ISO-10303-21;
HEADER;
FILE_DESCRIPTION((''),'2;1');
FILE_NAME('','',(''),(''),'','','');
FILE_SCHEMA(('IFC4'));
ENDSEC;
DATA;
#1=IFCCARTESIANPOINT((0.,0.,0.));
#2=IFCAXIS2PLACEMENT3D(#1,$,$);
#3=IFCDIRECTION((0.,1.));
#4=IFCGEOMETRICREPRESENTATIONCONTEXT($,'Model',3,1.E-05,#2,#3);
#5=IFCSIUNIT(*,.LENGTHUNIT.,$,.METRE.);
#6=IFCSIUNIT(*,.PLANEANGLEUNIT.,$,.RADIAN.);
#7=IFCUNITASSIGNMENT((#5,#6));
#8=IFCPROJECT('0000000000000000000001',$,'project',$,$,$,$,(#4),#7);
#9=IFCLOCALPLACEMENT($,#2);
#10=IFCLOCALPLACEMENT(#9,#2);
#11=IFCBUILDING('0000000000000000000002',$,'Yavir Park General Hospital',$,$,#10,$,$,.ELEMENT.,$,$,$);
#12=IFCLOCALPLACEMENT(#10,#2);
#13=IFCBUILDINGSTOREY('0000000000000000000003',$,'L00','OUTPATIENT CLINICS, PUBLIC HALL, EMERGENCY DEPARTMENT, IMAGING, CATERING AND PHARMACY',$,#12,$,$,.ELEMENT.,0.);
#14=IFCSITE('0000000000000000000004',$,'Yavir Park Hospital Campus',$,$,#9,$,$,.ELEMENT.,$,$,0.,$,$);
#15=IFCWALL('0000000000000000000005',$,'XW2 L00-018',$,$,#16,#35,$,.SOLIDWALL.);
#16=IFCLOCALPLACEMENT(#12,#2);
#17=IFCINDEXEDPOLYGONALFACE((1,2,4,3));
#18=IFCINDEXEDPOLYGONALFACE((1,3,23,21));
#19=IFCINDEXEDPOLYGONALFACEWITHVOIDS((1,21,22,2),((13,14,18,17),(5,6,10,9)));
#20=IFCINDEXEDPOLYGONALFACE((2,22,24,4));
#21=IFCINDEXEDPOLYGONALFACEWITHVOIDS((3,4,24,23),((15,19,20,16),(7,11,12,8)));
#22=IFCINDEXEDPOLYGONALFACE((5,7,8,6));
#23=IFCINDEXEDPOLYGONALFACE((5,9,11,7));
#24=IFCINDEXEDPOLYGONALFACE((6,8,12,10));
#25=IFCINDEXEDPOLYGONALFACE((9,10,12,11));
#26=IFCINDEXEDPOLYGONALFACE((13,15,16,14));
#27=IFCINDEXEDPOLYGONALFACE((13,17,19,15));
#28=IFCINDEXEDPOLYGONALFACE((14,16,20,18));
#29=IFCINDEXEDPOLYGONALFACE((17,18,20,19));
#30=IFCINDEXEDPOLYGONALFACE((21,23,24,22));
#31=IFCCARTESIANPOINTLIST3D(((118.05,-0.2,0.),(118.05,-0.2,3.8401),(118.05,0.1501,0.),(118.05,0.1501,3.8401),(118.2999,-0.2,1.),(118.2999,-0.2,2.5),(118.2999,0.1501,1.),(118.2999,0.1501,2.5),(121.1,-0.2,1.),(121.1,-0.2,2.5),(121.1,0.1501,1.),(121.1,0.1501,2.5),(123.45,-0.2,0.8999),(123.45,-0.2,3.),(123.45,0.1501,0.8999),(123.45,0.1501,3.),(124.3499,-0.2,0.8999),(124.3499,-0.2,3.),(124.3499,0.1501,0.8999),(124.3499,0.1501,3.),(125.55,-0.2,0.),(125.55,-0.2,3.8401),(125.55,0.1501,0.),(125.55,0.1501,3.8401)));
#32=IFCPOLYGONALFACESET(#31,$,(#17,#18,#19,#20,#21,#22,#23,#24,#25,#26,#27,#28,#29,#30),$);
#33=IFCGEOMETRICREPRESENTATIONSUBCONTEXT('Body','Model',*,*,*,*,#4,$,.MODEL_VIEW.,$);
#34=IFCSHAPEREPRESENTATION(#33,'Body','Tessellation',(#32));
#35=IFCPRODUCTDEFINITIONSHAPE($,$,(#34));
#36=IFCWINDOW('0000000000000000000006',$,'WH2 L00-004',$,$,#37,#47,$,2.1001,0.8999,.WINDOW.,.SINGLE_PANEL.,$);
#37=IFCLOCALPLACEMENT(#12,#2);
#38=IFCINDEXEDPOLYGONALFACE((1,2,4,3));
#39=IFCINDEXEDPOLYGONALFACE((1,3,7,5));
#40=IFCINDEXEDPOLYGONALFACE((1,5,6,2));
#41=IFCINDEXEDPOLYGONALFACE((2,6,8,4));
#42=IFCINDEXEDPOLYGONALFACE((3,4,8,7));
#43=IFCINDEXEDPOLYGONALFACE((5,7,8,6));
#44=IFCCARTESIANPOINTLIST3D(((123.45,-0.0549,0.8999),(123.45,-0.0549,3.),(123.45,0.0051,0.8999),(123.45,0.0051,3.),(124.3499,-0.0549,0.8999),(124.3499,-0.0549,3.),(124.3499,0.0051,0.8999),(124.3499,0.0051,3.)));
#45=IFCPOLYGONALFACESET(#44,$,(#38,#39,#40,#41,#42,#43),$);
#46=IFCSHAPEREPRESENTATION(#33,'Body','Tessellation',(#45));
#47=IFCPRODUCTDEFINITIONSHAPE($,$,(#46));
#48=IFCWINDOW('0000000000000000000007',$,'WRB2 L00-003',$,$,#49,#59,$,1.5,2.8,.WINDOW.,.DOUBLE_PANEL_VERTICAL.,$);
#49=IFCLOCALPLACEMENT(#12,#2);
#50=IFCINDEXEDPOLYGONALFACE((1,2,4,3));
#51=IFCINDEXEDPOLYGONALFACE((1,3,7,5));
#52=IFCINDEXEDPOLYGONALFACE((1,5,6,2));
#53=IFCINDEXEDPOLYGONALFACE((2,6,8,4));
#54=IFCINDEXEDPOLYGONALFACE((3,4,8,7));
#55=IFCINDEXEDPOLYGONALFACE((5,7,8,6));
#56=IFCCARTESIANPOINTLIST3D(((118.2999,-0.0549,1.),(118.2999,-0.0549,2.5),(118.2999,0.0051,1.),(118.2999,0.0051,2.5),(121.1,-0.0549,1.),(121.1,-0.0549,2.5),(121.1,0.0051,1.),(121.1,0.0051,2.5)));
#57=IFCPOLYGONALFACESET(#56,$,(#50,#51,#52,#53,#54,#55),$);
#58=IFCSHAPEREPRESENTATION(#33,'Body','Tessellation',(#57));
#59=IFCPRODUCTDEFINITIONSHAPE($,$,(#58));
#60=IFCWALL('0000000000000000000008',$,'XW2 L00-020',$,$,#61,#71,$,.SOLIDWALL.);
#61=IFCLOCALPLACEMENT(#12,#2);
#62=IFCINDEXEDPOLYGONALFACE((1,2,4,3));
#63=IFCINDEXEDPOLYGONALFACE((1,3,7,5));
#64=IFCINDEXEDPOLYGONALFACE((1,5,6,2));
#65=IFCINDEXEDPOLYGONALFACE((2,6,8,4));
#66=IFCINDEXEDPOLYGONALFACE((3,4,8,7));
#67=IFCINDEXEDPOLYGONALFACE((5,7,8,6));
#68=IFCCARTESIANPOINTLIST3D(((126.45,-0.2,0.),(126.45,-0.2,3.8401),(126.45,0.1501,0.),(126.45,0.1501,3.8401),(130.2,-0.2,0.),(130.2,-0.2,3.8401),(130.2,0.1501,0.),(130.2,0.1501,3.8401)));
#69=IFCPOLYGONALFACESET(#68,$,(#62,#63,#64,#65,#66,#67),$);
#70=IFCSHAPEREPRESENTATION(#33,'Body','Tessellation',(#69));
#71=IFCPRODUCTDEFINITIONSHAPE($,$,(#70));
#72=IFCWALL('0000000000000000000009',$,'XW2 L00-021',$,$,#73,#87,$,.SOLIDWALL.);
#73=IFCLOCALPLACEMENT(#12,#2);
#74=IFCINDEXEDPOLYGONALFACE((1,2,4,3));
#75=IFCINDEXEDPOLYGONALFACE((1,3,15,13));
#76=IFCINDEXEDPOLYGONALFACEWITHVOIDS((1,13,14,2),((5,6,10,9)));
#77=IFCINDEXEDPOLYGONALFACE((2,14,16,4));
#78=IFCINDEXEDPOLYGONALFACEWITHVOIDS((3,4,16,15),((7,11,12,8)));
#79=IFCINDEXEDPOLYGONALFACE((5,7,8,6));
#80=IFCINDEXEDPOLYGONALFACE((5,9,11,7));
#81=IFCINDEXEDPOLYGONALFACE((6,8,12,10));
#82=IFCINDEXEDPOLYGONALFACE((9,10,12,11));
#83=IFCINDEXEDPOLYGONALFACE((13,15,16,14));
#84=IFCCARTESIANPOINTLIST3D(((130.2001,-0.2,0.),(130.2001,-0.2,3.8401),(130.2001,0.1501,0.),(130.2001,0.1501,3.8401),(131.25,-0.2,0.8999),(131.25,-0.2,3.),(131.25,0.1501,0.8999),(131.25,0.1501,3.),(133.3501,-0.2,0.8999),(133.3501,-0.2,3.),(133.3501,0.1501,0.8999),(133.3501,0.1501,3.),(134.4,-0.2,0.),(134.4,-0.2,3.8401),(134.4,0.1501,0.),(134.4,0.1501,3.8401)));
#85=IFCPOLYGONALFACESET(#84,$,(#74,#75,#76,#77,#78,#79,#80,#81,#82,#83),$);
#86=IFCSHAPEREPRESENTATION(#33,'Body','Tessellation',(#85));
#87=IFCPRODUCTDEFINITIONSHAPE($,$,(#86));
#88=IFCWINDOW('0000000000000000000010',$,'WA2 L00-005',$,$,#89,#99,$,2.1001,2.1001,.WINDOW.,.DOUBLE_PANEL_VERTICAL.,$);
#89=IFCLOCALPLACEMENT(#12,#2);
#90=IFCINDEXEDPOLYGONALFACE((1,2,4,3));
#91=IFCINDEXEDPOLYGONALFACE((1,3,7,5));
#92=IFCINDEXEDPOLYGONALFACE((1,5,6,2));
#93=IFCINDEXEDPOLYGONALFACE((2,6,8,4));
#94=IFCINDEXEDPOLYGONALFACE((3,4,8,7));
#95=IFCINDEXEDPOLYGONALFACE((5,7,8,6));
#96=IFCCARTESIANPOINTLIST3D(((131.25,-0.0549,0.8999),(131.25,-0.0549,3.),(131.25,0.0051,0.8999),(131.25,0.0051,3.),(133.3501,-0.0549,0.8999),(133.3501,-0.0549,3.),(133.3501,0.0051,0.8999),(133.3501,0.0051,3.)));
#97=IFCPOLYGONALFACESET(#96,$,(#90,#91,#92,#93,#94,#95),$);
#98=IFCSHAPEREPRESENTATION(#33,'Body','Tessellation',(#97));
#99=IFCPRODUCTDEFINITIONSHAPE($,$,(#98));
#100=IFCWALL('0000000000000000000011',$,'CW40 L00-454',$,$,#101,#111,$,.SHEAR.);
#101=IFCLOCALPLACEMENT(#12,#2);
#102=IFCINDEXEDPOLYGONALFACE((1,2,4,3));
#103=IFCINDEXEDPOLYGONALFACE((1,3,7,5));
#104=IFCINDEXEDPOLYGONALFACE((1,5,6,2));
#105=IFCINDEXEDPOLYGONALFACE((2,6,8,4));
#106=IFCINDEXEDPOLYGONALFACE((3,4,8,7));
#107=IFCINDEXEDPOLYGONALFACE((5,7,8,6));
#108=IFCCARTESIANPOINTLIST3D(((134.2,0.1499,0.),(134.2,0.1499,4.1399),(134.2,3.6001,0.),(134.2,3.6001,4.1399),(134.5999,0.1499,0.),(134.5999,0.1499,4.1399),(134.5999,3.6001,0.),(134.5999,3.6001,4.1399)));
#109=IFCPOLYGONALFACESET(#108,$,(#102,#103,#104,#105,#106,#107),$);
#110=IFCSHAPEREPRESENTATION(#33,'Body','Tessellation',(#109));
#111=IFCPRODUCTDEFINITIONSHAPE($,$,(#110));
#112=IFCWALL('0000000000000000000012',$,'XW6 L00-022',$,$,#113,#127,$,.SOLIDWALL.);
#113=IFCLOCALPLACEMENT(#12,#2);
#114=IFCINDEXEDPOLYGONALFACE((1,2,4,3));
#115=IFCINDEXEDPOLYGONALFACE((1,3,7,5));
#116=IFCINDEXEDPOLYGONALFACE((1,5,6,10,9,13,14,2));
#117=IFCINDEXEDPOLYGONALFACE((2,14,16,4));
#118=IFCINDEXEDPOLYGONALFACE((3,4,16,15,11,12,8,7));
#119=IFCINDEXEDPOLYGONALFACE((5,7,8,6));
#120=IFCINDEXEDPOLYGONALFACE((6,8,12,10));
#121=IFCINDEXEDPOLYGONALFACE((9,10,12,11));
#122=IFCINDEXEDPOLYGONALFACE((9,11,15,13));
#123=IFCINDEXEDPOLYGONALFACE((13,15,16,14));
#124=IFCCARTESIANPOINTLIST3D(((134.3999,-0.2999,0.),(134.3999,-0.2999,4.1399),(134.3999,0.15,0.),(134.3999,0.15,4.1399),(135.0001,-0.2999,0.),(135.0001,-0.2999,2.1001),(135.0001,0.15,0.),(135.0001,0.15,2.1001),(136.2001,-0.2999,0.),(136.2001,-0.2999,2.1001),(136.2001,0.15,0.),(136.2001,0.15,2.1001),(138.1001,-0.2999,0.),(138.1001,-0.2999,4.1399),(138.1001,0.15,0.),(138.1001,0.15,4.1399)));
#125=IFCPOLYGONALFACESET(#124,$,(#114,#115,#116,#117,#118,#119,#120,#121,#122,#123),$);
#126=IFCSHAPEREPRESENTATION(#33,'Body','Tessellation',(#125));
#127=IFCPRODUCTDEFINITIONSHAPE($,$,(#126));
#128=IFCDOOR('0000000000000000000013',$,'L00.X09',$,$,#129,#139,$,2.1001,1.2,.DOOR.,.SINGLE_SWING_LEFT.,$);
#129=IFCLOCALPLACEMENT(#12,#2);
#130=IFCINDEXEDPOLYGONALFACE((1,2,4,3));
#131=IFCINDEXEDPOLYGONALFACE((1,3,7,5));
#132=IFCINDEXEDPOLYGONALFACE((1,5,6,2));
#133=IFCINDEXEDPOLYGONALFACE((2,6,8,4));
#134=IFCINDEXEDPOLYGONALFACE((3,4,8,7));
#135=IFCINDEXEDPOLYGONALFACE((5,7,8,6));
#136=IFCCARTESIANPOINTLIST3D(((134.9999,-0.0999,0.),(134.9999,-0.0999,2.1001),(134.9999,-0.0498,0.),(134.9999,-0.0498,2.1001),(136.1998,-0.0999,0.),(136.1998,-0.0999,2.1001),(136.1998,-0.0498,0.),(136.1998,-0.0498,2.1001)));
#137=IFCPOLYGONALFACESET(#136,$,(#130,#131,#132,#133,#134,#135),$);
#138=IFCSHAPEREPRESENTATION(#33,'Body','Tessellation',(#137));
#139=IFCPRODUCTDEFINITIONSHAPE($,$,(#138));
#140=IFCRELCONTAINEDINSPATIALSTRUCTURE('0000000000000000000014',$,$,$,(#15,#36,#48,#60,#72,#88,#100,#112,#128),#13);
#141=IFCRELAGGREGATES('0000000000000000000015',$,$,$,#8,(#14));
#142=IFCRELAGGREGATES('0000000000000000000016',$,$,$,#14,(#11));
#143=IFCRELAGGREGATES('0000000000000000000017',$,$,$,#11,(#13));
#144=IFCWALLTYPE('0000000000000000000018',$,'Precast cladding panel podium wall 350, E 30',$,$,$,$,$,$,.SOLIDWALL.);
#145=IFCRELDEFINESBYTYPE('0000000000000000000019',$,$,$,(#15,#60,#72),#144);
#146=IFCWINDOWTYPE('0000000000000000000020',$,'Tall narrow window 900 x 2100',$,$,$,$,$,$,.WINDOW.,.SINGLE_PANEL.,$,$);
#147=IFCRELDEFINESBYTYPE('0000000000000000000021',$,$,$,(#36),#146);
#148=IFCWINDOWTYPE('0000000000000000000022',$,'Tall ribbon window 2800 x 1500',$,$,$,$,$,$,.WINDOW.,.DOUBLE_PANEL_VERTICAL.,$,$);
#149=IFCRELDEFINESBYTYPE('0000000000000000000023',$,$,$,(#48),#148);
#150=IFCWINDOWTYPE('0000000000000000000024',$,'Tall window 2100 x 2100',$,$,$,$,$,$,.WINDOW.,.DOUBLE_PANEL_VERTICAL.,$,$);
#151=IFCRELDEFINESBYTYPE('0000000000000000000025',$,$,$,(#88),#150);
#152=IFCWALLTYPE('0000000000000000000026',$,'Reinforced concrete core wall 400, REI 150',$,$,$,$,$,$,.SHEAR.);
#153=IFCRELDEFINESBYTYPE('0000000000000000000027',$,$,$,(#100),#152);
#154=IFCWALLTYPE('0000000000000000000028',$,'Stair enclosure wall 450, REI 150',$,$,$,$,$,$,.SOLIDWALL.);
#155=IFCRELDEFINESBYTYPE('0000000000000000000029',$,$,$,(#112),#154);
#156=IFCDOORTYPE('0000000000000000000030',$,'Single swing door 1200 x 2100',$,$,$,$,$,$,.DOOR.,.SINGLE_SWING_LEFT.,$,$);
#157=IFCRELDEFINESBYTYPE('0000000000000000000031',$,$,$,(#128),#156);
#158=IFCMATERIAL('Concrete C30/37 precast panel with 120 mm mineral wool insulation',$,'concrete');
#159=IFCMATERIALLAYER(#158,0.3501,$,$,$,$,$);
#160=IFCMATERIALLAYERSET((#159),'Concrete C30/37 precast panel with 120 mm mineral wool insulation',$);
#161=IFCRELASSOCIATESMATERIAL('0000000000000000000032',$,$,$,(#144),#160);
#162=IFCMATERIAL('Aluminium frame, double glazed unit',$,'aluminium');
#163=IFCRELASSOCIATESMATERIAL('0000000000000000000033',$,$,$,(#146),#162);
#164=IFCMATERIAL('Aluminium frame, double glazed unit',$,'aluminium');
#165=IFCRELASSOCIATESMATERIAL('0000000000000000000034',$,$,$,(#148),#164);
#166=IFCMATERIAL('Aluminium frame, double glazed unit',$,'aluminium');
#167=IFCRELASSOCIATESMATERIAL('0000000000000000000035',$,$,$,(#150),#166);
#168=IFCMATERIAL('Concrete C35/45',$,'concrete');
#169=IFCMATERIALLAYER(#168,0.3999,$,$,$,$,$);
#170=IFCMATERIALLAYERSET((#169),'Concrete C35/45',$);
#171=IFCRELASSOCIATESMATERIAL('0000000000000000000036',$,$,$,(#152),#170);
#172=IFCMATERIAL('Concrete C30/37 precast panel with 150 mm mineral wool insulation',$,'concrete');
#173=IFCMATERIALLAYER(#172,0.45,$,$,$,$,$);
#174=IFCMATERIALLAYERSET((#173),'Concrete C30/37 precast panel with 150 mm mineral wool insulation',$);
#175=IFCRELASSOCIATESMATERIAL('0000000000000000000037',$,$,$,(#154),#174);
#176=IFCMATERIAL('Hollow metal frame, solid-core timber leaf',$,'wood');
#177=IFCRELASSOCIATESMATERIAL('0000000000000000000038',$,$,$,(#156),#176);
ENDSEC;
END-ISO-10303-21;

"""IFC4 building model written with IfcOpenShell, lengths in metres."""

from ifc_helpers import new_model, si_unit, direction, frame, frame_2d, origin, place, context, subcontext, project, spatial, rectangle, extrude, material, layer, layer_set, type_object, element, fill, save


model = new_model("IFC4")

# Units and contexts
model_context = context("Model", 3, precision=1e-05, world=origin(), true_north=direction((0.0, 1.0)))
body_context = subcontext(model_context, "Body", "Model", "MODEL_VIEW")
ifc_project = project(units=[si_unit("LENGTHUNIT", "METRE"), si_unit("PLANEANGLEUNIT", "RADIAN")], contexts=[model_context])

# Site, building, storey
site_placement = place(None, origin())
site = spatial("IfcSite", under=ifc_project, at=site_placement, Name="Yavir Park Hospital Campus", CompositionType="ELEMENT", RefElevation=0.0)
building_placement = place(site_placement, origin())
building = spatial("IfcBuilding", under=site, at=building_placement, Name="Yavir Park General Hospital", CompositionType="ELEMENT")
storey_placement = place(building_placement, origin())
storey = spatial("IfcBuildingStorey", under=building, at=storey_placement, Name="L00", Description="OUTPATIENT CLINICS, PUBLIC HALL, EMERGENCY DEPARTMENT, IMAGING, CATERING AND PHARMACY", CompositionType="ELEMENT", Elevation=0.0)

# Wall, openings, windows
ifc_material_1 = material(Name="Concrete C30/37 precast panel with 120 mm mineral wool insulation", Category="concrete")
ifc_layer_1 = layer(ifc_material_1, 0.3501)
ifc_layer_set_1 = layer_set([ifc_layer_1], Name="Concrete C30/37 precast panel with 120 mm mineral wool insulation")
wall_type_1 = type_object("IfcWallType", Name="Precast cladding panel podium wall 350, E 30", PredefinedType="SOLIDWALL", material=ifc_layer_set_1)
wall_1_placement = place(storey_placement, frame((118.05, -0.0249, 0.0), z_axis=(0.0, 0.0, 1.0), x_axis=(1.0, 0.0, 0.0)))
wall_1 = element("IfcWall", 1, at=wall_1_placement, inside=storey, type_object=wall_type_1, Name="XW2 L00-018", PredefinedType="SOLIDWALL", context=body_context, shape_type="SweptSolid", body=[
    extrude(rectangle(XDim=7.5, YDim=0.3501, at=frame_2d((3.75, 0.0))), origin(), (0.0, 0.0, 1.0), 3.8401),
])
opening_1_placement = place(wall_1_placement, frame((0.25, 0.0, 1.0)))
opening_1 = element("IfcOpeningElement", 2, at=opening_1_placement, cuts=wall_1, PredefinedType="OPENING", context=body_context, shape_type="SweptSolid", body=[
    extrude(rectangle(XDim=2.8, YDim=1.5, at=frame_2d((1.3999, 0.75))), frame((0.0, 0.1851, 0.0), z_axis=(0.0, -1.0, 0.0), x_axis=(1.0, 0.0, 0.0)), (0.0, 0.0, 1.0), 0.3701),
])
opening_2_placement = place(wall_1_placement, frame((5.3999, 0.0, 0.8999)))
opening_2 = element("IfcOpeningElement", 3, at=opening_2_placement, cuts=wall_1, PredefinedType="OPENING", context=body_context, shape_type="SweptSolid", body=[
    extrude(rectangle(XDim=0.8999, YDim=2.1001, at=frame_2d((0.45, 1.05))), frame((0.0, 0.1851, 0.0), z_axis=(0.0, -1.0, 0.0), x_axis=(1.0, 0.0, 0.0)), (0.0, 0.0, 1.0), 0.3701),
])
ifc_material_2 = material(Name="Aluminium frame, double glazed unit", Category="aluminium")
window_type_1 = type_object("IfcWindowType", Name="Tall narrow window 900 x 2100", PartitioningType="SINGLE_PANEL", PredefinedType="WINDOW", material=ifc_material_2)
window_1_placement = place(opening_2_placement, origin())
window_1 = element("IfcWindow", 4, at=window_1_placement, inside=storey, type_object=window_type_1, Name="WH2 L00-004", OverallHeight=2.1001, OverallWidth=0.8999, PartitioningType="SINGLE_PANEL", PredefinedType="WINDOW", context=body_context, shape_type="SweptSolid", body=[
    extrude(rectangle(XDim=0.8999, YDim=2.1001, at=frame_2d((0.45, 1.05))), frame((0.0, 0.03, 0.0), z_axis=(0.0, -1.0, 0.0), x_axis=(1.0, 0.0, 0.0)), (0.0, 0.0, 1.0), 0.0601),
])
fill(opening_2, window_1)
ifc_material_3 = material(Name="Aluminium frame, double glazed unit", Category="aluminium")
window_type_2 = type_object("IfcWindowType", Name="Tall ribbon window 2800 x 1500", PartitioningType="DOUBLE_PANEL_VERTICAL", PredefinedType="WINDOW", material=ifc_material_3)
window_2_placement = place(opening_1_placement, origin())
window_2 = element("IfcWindow", 5, at=window_2_placement, inside=storey, type_object=window_type_2, Name="WRB2 L00-003", OverallHeight=1.5, OverallWidth=2.8, PartitioningType="DOUBLE_PANEL_VERTICAL", PredefinedType="WINDOW", context=body_context, shape_type="SweptSolid", body=[
    extrude(rectangle(XDim=2.8, YDim=1.5, at=frame_2d((1.3999, 0.75))), frame((0.0, 0.03, 0.0), z_axis=(0.0, -1.0, 0.0), x_axis=(1.0, 0.0, 0.0)), (0.0, 0.0, 1.0), 0.0601),
])
fill(opening_1, window_2)

# Wall
wall_2_placement = place(storey_placement, frame((126.45, -0.0249, 0.0), z_axis=(0.0, 0.0, 1.0), x_axis=(1.0, 0.0, 0.0)))
element("IfcWall", 6, at=wall_2_placement, inside=storey, type_object=wall_type_1, Name="XW2 L00-020", PredefinedType="SOLIDWALL", context=body_context, shape_type="SweptSolid", body=[
    extrude(rectangle(XDim=3.75, YDim=0.3501, at=frame_2d((1.875, 0.0))), origin(), (0.0, 0.0, 1.0), 3.8401),
])

# Wall, opening, window
wall_3_placement = place(storey_placement, frame((130.2, -0.0249, 0.0), z_axis=(0.0, 0.0, 1.0), x_axis=(1.0, 0.0, 0.0)))
wall_3 = element("IfcWall", 7, at=wall_3_placement, inside=storey, type_object=wall_type_1, Name="XW2 L00-021", PredefinedType="SOLIDWALL", context=body_context, shape_type="SweptSolid", body=[
    extrude(rectangle(XDim=4.2, YDim=0.3501, at=frame_2d((2.1001, 0.0))), origin(), (0.0, 0.0, 1.0), 3.8401),
])
opening_3_placement = place(wall_3_placement, frame((1.05, 0.0, 0.8999)))
opening_3 = element("IfcOpeningElement", 8, at=opening_3_placement, cuts=wall_3, PredefinedType="OPENING", context=body_context, shape_type="SweptSolid", body=[
    extrude(rectangle(XDim=2.1001, YDim=2.1001, at=frame_2d((1.05, 1.05))), frame((0.0, 0.1851, 0.0), z_axis=(0.0, -1.0, 0.0), x_axis=(1.0, 0.0, 0.0)), (0.0, 0.0, 1.0), 0.3701),
])
ifc_material_4 = material(Name="Aluminium frame, double glazed unit", Category="aluminium")
window_type_3 = type_object("IfcWindowType", Name="Tall window 2100 x 2100", PartitioningType="DOUBLE_PANEL_VERTICAL", PredefinedType="WINDOW", material=ifc_material_4)
window_3_placement = place(opening_3_placement, origin())
window_3 = element("IfcWindow", 9, at=window_3_placement, inside=storey, type_object=window_type_3, Name="WA2 L00-005", OverallHeight=2.1001, OverallWidth=2.1001, PartitioningType="DOUBLE_PANEL_VERTICAL", PredefinedType="WINDOW", context=body_context, shape_type="SweptSolid", body=[
    extrude(rectangle(XDim=2.1001, YDim=2.1001, at=frame_2d((1.05, 1.05))), frame((0.0, 0.03, 0.0), z_axis=(0.0, -1.0, 0.0), x_axis=(1.0, 0.0, 0.0)), (0.0, 0.0, 1.0), 0.0601),
])
fill(opening_3, window_3)

# Wall
ifc_material_5 = material(Name="Concrete C35/45", Category="concrete")
ifc_layer_2 = layer(ifc_material_5, 0.3999)
ifc_layer_set_2 = layer_set([ifc_layer_2], Name="Concrete C35/45")
wall_type_2 = type_object("IfcWallType", Name="Reinforced concrete core wall 400, REI 150", PredefinedType="SHEAR", material=ifc_layer_set_2)
wall_4_placement = place(storey_placement, frame((134.3999, 0.1499, 0.0), z_axis=(0.0, 0.0, 1.0), x_axis=(0.0, 1.0, 0.0)))
element("IfcWall", 10, at=wall_4_placement, inside=storey, type_object=wall_type_2, Name="CW40 L00-454", PredefinedType="SHEAR", context=body_context, shape_type="SweptSolid", body=[
    extrude(rectangle(XDim=3.4502, YDim=0.3999, at=frame_2d((1.7251, 0.0))), origin(), (0.0, 0.0, 1.0), 4.1399),
])

# Wall, opening, door
ifc_material_6 = material(Name="Concrete C30/37 precast panel with 150 mm mineral wool insulation", Category="concrete")
ifc_layer_3 = layer(ifc_material_6, 0.45)
ifc_layer_set_3 = layer_set([ifc_layer_3], Name="Concrete C30/37 precast panel with 150 mm mineral wool insulation")
wall_type_3 = type_object("IfcWallType", Name="Stair enclosure wall 450, REI 150", PredefinedType="SOLIDWALL", material=ifc_layer_set_3)
wall_5_placement = place(storey_placement, frame((134.3999, -0.075, 0.0), z_axis=(0.0, 0.0, 1.0), x_axis=(1.0, 0.0, 0.0)))
wall_5 = element("IfcWall", 11, at=wall_5_placement, inside=storey, type_object=wall_type_3, Name="XW6 L00-022", PredefinedType="SOLIDWALL", context=body_context, shape_type="SweptSolid", body=[
    extrude(rectangle(XDim=3.7002, YDim=0.45, at=frame_2d((1.8501, 0.0))), origin(), (0.0, 0.0, 1.0), 4.1399),
])
opening_4_placement = place(wall_5_placement, frame((0.6001, 0.0, 0.0)))
opening_4 = element("IfcOpeningElement", 12, at=opening_4_placement, cuts=wall_5, PredefinedType="OPENING", context=body_context, shape_type="SweptSolid", body=[
    extrude(rectangle(XDim=1.2, YDim=2.1001, at=frame_2d((0.6001, 1.05))), frame((0.0, 0.2349, 0.0), z_axis=(0.0, -1.0, 0.0), x_axis=(1.0, 0.0, 0.0)), (0.0, 0.0, 1.0), 0.47),
])
ifc_material_7 = material(Name="Hollow metal frame, solid-core timber leaf", Category="wood")
door_type = type_object("IfcDoorType", Name="Single swing door 1200 x 2100", OperationType="SINGLE_SWING_LEFT", PredefinedType="DOOR", material=ifc_material_7)
door_placement = place(opening_4_placement, frame((1.2, 0.0, 0.0), x_axis=(-1.0, 0.0, 0.0)))
door = element("IfcDoor", 13, at=door_placement, inside=storey, type_object=door_type, Name="L00.X09", OperationType="SINGLE_SWING_LEFT", OverallHeight=2.1001, OverallWidth=1.2, PredefinedType="DOOR", context=body_context, shape_type="SweptSolid", body=[
    extrude(rectangle(XDim=1.2, YDim=2.1001, at=frame_2d((0.6001, 1.05))), frame((0.0, 0.0249, 0.0), z_axis=(0.0, -1.0, 0.0), x_axis=(1.0, 0.0, 0.0)), (0.0, 0.0, 1.0), 0.05),
])
fill(opening_4, door)

save(model, "model.ifc")
